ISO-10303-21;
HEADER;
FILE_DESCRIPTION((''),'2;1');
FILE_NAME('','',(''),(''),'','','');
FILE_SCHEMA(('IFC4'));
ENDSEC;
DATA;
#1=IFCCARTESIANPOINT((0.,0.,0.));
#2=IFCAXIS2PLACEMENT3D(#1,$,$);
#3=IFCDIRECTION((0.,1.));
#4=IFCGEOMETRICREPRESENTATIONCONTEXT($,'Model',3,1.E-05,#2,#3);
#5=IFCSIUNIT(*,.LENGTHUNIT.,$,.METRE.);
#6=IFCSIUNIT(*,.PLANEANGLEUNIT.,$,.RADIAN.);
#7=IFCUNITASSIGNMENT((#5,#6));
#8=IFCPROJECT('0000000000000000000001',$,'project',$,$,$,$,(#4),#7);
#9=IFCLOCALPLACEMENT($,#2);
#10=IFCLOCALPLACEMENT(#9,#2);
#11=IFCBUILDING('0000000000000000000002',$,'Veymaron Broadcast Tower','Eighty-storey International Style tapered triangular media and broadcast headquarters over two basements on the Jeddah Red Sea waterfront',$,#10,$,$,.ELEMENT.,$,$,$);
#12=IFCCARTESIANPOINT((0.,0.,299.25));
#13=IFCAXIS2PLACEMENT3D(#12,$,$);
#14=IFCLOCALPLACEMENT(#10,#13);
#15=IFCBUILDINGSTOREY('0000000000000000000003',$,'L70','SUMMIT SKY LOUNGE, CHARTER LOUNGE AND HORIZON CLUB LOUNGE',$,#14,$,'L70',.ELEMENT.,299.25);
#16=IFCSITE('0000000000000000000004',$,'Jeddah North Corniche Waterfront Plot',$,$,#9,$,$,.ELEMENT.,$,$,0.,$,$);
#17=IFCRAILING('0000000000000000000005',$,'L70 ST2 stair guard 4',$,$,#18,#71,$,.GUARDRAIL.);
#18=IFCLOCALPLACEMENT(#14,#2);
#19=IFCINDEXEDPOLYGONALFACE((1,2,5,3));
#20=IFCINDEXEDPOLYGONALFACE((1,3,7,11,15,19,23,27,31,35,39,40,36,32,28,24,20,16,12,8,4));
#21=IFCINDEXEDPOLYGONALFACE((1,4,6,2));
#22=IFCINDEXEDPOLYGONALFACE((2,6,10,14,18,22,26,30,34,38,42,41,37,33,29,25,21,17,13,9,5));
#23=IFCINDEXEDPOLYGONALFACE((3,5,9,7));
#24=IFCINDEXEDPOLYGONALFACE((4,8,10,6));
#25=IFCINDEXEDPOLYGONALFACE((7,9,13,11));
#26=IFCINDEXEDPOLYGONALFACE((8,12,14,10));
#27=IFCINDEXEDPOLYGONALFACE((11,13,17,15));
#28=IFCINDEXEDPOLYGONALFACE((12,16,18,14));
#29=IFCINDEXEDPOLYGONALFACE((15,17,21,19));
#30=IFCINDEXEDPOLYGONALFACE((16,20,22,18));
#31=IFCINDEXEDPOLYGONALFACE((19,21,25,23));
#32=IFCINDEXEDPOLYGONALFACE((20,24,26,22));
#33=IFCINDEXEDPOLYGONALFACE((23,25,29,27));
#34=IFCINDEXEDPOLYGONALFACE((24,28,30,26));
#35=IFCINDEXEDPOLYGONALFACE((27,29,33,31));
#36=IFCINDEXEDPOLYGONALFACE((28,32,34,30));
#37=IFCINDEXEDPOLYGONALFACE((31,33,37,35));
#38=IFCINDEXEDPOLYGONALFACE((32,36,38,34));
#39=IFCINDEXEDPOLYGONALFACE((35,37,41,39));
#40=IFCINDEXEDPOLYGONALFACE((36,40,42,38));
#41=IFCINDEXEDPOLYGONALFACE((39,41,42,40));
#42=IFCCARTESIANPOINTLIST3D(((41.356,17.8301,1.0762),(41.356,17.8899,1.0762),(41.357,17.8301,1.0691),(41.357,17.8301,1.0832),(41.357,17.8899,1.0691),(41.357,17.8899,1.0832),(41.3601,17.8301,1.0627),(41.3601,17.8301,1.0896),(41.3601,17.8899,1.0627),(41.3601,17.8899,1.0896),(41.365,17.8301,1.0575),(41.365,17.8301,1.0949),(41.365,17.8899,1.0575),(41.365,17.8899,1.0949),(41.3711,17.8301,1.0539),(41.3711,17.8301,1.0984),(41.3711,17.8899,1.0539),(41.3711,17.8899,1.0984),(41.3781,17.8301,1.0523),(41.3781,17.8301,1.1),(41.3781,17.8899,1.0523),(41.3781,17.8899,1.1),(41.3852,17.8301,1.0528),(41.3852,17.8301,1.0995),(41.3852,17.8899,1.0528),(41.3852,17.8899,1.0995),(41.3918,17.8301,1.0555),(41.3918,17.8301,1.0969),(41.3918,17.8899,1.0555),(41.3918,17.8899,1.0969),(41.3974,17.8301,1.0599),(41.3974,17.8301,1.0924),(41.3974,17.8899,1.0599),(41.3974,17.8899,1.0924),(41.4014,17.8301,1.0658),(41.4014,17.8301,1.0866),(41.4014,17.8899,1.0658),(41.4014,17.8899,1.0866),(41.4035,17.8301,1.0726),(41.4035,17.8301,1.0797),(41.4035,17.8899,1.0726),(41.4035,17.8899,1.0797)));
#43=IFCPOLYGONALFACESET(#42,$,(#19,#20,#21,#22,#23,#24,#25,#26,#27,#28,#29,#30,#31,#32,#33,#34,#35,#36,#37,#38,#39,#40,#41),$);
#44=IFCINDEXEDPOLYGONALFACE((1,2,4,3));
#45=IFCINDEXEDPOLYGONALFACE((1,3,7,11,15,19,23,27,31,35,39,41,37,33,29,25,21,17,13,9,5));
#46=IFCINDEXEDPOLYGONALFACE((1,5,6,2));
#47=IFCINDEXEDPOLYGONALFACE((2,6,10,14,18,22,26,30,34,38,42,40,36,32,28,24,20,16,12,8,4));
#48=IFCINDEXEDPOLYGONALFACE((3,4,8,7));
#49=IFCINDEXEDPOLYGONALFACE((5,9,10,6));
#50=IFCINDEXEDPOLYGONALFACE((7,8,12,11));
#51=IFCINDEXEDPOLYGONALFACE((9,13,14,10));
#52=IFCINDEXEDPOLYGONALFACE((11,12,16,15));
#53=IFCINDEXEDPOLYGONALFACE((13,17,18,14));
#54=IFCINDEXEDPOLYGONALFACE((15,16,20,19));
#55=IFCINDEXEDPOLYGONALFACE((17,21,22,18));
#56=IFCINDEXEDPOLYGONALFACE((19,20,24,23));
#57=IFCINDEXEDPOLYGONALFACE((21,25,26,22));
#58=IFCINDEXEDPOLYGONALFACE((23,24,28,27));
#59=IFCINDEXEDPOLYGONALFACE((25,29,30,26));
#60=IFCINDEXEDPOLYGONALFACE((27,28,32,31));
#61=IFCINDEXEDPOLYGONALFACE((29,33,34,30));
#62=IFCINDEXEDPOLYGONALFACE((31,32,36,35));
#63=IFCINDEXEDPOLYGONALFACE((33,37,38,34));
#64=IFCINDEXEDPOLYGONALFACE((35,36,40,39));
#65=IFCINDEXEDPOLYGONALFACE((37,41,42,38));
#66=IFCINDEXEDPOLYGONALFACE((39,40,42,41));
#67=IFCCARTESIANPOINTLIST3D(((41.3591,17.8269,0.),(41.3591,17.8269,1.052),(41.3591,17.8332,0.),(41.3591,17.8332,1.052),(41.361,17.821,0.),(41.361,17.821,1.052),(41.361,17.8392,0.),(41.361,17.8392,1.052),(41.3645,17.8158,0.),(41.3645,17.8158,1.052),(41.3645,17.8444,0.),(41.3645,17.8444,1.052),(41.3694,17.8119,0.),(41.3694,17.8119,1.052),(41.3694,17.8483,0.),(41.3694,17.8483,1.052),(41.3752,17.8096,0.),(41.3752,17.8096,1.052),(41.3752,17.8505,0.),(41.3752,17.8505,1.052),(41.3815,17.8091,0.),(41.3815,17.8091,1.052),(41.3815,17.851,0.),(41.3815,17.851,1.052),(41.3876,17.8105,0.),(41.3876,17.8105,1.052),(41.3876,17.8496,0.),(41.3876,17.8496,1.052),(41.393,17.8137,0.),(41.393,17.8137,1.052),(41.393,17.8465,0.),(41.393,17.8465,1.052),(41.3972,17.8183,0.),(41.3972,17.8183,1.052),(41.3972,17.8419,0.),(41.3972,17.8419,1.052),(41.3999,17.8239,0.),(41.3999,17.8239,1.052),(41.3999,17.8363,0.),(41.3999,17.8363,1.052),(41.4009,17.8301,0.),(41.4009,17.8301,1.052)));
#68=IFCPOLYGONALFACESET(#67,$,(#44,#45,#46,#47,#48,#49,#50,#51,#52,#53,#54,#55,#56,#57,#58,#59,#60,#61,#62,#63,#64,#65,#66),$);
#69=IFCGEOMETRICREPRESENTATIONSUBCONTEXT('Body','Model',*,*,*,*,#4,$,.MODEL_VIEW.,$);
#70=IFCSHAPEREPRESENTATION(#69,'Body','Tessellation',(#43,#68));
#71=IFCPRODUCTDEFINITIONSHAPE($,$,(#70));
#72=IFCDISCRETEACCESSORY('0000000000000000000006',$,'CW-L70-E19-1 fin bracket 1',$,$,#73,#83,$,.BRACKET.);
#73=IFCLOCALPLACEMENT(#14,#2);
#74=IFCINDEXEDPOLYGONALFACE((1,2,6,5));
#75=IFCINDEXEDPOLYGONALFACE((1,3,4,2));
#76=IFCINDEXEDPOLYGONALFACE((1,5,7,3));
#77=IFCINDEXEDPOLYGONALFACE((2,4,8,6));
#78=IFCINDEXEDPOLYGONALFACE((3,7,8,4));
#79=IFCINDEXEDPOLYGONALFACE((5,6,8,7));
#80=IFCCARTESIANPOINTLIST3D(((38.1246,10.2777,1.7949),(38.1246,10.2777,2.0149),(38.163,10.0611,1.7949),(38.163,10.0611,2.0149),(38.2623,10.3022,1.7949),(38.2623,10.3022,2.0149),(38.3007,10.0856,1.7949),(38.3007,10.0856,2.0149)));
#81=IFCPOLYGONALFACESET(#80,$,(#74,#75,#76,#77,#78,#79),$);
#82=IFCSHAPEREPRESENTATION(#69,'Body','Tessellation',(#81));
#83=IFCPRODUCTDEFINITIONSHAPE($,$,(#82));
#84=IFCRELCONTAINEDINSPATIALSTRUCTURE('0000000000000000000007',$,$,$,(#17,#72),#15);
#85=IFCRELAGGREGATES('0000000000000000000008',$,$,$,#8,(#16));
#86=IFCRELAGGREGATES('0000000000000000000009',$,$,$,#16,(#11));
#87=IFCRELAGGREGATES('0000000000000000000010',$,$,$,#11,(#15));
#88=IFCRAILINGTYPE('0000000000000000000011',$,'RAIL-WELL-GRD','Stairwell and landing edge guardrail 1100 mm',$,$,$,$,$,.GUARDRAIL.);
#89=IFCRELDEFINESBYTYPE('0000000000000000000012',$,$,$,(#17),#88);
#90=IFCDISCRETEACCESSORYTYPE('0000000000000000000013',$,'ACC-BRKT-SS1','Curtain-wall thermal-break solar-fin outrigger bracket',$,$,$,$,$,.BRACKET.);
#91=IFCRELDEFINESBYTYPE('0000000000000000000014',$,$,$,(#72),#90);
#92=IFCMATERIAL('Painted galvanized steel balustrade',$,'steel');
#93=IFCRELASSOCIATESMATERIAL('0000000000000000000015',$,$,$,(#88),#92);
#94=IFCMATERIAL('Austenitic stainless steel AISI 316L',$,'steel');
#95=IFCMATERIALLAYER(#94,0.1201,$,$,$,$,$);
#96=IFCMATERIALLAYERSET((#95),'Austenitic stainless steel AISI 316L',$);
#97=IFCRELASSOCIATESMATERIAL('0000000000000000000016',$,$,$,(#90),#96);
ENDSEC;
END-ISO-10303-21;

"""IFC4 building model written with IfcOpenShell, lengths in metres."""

from ifc_helpers import new_model, si_unit, direction, frame, origin, origin_2d, place, context, subcontext, project, spatial, rectangle, circle, extrude, material, layer, layer_set, type_object, element, save


model = new_model("IFC4")

# Units and contexts
model_context = context("Model", 3, precision=1e-05, world=origin(), true_north=direction((0.0, 1.0)))
body_context = subcontext(model_context, "Body", "Model", "MODEL_VIEW")
ifc_project = project(units=[si_unit("LENGTHUNIT", "METRE"), si_unit("PLANEANGLEUNIT", "RADIAN")], contexts=[model_context])

# Site, building, storey
site_placement = place(None, origin())
site = spatial("IfcSite", under=ifc_project, at=site_placement, Name="Jeddah North Corniche Waterfront Plot", CompositionType="ELEMENT", RefElevation=0.0)
building_placement = place(site_placement, origin())
building = spatial("IfcBuilding", under=site, at=building_placement, Name="Veymaron Broadcast Tower", Description="Eighty-storey International Style tapered triangular media and broadcast headquarters over two basements on the Jeddah Red Sea waterfront", CompositionType="ELEMENT")
storey_placement = place(building_placement, frame((0.0, 0.0, 299.25)))
storey = spatial("IfcBuildingStorey", under=building, at=storey_placement, Name="L70", Description="SUMMIT SKY LOUNGE, CHARTER LOUNGE AND HORIZON CLUB LOUNGE", LongName="L70", CompositionType="ELEMENT", Elevation=299.25)

# Railing
ifc_material_1 = material(Name="Painted galvanized steel balustrade", Category="steel")
railing_type_1 = type_object("IfcRailingType", Name="RAIL-WELL-GRD", Description="Stairwell and landing edge guardrail 1100 mm", PredefinedType="GUARDRAIL", material=ifc_material_1)
railing_1_placement = place(storey_placement, frame((41.3799, 17.8301, 0.0)))
element("IfcRailing", 1, at=railing_1_placement, inside=storey, type_object=railing_type_1, Name="L70 ST2 stair guard 4", PredefinedType="GUARDRAIL", context=body_context, shape_type="SweptSolid", body=[
    extrude(circle(Radius=0.0239, at=origin_2d()), frame((0.0, 0.0, 1.0762), z_axis=(0.0, 1.0, 0.0), x_axis=(-1.0, 0.0, 0.0)), (0.0, 0.0, 1.0), 0.0598),
    extrude(circle(Radius=0.021, at=origin_2d()), origin(), (0.0, 0.0, 1.0), 1.052),
])

# Discrete accessory
ifc_material_2 = material(Name="Austenitic stainless steel AISI 316L", Category="steel")
ifc_layer_1 = layer(ifc_material_2, 0.1201)
ifc_layer_set_1 = layer_set([ifc_layer_1], Name="Austenitic stainless steel AISI 316L")
discrete_accessory_type = type_object("IfcDiscreteAccessoryType", Name="ACC-BRKT-SS1", Description="Curtain-wall thermal-break solar-fin outrigger bracket", PredefinedType="BRACKET", material=ifc_layer_set_1)
discrete_accessory_placement = place(storey_placement, frame((38.2126, 10.1816, 1.7949), z_axis=(0.0, 0.0, 1.0), x_axis=(0.174628, -0.984635, 0.0)))
element("IfcDiscreteAccessory", 2, at=discrete_accessory_placement, inside=storey, type_object=discrete_accessory_type, Name="CW-L70-E19-1 fin bracket 1", PredefinedType="BRACKET", context=body_context, shape_type="SweptSolid", body=[
    extrude(rectangle(XDim=0.22, YDim=0.1399, at=origin_2d()), origin(), (0.0, 0.0, 1.0), 0.22),
])

save(model, "model.ifc")
